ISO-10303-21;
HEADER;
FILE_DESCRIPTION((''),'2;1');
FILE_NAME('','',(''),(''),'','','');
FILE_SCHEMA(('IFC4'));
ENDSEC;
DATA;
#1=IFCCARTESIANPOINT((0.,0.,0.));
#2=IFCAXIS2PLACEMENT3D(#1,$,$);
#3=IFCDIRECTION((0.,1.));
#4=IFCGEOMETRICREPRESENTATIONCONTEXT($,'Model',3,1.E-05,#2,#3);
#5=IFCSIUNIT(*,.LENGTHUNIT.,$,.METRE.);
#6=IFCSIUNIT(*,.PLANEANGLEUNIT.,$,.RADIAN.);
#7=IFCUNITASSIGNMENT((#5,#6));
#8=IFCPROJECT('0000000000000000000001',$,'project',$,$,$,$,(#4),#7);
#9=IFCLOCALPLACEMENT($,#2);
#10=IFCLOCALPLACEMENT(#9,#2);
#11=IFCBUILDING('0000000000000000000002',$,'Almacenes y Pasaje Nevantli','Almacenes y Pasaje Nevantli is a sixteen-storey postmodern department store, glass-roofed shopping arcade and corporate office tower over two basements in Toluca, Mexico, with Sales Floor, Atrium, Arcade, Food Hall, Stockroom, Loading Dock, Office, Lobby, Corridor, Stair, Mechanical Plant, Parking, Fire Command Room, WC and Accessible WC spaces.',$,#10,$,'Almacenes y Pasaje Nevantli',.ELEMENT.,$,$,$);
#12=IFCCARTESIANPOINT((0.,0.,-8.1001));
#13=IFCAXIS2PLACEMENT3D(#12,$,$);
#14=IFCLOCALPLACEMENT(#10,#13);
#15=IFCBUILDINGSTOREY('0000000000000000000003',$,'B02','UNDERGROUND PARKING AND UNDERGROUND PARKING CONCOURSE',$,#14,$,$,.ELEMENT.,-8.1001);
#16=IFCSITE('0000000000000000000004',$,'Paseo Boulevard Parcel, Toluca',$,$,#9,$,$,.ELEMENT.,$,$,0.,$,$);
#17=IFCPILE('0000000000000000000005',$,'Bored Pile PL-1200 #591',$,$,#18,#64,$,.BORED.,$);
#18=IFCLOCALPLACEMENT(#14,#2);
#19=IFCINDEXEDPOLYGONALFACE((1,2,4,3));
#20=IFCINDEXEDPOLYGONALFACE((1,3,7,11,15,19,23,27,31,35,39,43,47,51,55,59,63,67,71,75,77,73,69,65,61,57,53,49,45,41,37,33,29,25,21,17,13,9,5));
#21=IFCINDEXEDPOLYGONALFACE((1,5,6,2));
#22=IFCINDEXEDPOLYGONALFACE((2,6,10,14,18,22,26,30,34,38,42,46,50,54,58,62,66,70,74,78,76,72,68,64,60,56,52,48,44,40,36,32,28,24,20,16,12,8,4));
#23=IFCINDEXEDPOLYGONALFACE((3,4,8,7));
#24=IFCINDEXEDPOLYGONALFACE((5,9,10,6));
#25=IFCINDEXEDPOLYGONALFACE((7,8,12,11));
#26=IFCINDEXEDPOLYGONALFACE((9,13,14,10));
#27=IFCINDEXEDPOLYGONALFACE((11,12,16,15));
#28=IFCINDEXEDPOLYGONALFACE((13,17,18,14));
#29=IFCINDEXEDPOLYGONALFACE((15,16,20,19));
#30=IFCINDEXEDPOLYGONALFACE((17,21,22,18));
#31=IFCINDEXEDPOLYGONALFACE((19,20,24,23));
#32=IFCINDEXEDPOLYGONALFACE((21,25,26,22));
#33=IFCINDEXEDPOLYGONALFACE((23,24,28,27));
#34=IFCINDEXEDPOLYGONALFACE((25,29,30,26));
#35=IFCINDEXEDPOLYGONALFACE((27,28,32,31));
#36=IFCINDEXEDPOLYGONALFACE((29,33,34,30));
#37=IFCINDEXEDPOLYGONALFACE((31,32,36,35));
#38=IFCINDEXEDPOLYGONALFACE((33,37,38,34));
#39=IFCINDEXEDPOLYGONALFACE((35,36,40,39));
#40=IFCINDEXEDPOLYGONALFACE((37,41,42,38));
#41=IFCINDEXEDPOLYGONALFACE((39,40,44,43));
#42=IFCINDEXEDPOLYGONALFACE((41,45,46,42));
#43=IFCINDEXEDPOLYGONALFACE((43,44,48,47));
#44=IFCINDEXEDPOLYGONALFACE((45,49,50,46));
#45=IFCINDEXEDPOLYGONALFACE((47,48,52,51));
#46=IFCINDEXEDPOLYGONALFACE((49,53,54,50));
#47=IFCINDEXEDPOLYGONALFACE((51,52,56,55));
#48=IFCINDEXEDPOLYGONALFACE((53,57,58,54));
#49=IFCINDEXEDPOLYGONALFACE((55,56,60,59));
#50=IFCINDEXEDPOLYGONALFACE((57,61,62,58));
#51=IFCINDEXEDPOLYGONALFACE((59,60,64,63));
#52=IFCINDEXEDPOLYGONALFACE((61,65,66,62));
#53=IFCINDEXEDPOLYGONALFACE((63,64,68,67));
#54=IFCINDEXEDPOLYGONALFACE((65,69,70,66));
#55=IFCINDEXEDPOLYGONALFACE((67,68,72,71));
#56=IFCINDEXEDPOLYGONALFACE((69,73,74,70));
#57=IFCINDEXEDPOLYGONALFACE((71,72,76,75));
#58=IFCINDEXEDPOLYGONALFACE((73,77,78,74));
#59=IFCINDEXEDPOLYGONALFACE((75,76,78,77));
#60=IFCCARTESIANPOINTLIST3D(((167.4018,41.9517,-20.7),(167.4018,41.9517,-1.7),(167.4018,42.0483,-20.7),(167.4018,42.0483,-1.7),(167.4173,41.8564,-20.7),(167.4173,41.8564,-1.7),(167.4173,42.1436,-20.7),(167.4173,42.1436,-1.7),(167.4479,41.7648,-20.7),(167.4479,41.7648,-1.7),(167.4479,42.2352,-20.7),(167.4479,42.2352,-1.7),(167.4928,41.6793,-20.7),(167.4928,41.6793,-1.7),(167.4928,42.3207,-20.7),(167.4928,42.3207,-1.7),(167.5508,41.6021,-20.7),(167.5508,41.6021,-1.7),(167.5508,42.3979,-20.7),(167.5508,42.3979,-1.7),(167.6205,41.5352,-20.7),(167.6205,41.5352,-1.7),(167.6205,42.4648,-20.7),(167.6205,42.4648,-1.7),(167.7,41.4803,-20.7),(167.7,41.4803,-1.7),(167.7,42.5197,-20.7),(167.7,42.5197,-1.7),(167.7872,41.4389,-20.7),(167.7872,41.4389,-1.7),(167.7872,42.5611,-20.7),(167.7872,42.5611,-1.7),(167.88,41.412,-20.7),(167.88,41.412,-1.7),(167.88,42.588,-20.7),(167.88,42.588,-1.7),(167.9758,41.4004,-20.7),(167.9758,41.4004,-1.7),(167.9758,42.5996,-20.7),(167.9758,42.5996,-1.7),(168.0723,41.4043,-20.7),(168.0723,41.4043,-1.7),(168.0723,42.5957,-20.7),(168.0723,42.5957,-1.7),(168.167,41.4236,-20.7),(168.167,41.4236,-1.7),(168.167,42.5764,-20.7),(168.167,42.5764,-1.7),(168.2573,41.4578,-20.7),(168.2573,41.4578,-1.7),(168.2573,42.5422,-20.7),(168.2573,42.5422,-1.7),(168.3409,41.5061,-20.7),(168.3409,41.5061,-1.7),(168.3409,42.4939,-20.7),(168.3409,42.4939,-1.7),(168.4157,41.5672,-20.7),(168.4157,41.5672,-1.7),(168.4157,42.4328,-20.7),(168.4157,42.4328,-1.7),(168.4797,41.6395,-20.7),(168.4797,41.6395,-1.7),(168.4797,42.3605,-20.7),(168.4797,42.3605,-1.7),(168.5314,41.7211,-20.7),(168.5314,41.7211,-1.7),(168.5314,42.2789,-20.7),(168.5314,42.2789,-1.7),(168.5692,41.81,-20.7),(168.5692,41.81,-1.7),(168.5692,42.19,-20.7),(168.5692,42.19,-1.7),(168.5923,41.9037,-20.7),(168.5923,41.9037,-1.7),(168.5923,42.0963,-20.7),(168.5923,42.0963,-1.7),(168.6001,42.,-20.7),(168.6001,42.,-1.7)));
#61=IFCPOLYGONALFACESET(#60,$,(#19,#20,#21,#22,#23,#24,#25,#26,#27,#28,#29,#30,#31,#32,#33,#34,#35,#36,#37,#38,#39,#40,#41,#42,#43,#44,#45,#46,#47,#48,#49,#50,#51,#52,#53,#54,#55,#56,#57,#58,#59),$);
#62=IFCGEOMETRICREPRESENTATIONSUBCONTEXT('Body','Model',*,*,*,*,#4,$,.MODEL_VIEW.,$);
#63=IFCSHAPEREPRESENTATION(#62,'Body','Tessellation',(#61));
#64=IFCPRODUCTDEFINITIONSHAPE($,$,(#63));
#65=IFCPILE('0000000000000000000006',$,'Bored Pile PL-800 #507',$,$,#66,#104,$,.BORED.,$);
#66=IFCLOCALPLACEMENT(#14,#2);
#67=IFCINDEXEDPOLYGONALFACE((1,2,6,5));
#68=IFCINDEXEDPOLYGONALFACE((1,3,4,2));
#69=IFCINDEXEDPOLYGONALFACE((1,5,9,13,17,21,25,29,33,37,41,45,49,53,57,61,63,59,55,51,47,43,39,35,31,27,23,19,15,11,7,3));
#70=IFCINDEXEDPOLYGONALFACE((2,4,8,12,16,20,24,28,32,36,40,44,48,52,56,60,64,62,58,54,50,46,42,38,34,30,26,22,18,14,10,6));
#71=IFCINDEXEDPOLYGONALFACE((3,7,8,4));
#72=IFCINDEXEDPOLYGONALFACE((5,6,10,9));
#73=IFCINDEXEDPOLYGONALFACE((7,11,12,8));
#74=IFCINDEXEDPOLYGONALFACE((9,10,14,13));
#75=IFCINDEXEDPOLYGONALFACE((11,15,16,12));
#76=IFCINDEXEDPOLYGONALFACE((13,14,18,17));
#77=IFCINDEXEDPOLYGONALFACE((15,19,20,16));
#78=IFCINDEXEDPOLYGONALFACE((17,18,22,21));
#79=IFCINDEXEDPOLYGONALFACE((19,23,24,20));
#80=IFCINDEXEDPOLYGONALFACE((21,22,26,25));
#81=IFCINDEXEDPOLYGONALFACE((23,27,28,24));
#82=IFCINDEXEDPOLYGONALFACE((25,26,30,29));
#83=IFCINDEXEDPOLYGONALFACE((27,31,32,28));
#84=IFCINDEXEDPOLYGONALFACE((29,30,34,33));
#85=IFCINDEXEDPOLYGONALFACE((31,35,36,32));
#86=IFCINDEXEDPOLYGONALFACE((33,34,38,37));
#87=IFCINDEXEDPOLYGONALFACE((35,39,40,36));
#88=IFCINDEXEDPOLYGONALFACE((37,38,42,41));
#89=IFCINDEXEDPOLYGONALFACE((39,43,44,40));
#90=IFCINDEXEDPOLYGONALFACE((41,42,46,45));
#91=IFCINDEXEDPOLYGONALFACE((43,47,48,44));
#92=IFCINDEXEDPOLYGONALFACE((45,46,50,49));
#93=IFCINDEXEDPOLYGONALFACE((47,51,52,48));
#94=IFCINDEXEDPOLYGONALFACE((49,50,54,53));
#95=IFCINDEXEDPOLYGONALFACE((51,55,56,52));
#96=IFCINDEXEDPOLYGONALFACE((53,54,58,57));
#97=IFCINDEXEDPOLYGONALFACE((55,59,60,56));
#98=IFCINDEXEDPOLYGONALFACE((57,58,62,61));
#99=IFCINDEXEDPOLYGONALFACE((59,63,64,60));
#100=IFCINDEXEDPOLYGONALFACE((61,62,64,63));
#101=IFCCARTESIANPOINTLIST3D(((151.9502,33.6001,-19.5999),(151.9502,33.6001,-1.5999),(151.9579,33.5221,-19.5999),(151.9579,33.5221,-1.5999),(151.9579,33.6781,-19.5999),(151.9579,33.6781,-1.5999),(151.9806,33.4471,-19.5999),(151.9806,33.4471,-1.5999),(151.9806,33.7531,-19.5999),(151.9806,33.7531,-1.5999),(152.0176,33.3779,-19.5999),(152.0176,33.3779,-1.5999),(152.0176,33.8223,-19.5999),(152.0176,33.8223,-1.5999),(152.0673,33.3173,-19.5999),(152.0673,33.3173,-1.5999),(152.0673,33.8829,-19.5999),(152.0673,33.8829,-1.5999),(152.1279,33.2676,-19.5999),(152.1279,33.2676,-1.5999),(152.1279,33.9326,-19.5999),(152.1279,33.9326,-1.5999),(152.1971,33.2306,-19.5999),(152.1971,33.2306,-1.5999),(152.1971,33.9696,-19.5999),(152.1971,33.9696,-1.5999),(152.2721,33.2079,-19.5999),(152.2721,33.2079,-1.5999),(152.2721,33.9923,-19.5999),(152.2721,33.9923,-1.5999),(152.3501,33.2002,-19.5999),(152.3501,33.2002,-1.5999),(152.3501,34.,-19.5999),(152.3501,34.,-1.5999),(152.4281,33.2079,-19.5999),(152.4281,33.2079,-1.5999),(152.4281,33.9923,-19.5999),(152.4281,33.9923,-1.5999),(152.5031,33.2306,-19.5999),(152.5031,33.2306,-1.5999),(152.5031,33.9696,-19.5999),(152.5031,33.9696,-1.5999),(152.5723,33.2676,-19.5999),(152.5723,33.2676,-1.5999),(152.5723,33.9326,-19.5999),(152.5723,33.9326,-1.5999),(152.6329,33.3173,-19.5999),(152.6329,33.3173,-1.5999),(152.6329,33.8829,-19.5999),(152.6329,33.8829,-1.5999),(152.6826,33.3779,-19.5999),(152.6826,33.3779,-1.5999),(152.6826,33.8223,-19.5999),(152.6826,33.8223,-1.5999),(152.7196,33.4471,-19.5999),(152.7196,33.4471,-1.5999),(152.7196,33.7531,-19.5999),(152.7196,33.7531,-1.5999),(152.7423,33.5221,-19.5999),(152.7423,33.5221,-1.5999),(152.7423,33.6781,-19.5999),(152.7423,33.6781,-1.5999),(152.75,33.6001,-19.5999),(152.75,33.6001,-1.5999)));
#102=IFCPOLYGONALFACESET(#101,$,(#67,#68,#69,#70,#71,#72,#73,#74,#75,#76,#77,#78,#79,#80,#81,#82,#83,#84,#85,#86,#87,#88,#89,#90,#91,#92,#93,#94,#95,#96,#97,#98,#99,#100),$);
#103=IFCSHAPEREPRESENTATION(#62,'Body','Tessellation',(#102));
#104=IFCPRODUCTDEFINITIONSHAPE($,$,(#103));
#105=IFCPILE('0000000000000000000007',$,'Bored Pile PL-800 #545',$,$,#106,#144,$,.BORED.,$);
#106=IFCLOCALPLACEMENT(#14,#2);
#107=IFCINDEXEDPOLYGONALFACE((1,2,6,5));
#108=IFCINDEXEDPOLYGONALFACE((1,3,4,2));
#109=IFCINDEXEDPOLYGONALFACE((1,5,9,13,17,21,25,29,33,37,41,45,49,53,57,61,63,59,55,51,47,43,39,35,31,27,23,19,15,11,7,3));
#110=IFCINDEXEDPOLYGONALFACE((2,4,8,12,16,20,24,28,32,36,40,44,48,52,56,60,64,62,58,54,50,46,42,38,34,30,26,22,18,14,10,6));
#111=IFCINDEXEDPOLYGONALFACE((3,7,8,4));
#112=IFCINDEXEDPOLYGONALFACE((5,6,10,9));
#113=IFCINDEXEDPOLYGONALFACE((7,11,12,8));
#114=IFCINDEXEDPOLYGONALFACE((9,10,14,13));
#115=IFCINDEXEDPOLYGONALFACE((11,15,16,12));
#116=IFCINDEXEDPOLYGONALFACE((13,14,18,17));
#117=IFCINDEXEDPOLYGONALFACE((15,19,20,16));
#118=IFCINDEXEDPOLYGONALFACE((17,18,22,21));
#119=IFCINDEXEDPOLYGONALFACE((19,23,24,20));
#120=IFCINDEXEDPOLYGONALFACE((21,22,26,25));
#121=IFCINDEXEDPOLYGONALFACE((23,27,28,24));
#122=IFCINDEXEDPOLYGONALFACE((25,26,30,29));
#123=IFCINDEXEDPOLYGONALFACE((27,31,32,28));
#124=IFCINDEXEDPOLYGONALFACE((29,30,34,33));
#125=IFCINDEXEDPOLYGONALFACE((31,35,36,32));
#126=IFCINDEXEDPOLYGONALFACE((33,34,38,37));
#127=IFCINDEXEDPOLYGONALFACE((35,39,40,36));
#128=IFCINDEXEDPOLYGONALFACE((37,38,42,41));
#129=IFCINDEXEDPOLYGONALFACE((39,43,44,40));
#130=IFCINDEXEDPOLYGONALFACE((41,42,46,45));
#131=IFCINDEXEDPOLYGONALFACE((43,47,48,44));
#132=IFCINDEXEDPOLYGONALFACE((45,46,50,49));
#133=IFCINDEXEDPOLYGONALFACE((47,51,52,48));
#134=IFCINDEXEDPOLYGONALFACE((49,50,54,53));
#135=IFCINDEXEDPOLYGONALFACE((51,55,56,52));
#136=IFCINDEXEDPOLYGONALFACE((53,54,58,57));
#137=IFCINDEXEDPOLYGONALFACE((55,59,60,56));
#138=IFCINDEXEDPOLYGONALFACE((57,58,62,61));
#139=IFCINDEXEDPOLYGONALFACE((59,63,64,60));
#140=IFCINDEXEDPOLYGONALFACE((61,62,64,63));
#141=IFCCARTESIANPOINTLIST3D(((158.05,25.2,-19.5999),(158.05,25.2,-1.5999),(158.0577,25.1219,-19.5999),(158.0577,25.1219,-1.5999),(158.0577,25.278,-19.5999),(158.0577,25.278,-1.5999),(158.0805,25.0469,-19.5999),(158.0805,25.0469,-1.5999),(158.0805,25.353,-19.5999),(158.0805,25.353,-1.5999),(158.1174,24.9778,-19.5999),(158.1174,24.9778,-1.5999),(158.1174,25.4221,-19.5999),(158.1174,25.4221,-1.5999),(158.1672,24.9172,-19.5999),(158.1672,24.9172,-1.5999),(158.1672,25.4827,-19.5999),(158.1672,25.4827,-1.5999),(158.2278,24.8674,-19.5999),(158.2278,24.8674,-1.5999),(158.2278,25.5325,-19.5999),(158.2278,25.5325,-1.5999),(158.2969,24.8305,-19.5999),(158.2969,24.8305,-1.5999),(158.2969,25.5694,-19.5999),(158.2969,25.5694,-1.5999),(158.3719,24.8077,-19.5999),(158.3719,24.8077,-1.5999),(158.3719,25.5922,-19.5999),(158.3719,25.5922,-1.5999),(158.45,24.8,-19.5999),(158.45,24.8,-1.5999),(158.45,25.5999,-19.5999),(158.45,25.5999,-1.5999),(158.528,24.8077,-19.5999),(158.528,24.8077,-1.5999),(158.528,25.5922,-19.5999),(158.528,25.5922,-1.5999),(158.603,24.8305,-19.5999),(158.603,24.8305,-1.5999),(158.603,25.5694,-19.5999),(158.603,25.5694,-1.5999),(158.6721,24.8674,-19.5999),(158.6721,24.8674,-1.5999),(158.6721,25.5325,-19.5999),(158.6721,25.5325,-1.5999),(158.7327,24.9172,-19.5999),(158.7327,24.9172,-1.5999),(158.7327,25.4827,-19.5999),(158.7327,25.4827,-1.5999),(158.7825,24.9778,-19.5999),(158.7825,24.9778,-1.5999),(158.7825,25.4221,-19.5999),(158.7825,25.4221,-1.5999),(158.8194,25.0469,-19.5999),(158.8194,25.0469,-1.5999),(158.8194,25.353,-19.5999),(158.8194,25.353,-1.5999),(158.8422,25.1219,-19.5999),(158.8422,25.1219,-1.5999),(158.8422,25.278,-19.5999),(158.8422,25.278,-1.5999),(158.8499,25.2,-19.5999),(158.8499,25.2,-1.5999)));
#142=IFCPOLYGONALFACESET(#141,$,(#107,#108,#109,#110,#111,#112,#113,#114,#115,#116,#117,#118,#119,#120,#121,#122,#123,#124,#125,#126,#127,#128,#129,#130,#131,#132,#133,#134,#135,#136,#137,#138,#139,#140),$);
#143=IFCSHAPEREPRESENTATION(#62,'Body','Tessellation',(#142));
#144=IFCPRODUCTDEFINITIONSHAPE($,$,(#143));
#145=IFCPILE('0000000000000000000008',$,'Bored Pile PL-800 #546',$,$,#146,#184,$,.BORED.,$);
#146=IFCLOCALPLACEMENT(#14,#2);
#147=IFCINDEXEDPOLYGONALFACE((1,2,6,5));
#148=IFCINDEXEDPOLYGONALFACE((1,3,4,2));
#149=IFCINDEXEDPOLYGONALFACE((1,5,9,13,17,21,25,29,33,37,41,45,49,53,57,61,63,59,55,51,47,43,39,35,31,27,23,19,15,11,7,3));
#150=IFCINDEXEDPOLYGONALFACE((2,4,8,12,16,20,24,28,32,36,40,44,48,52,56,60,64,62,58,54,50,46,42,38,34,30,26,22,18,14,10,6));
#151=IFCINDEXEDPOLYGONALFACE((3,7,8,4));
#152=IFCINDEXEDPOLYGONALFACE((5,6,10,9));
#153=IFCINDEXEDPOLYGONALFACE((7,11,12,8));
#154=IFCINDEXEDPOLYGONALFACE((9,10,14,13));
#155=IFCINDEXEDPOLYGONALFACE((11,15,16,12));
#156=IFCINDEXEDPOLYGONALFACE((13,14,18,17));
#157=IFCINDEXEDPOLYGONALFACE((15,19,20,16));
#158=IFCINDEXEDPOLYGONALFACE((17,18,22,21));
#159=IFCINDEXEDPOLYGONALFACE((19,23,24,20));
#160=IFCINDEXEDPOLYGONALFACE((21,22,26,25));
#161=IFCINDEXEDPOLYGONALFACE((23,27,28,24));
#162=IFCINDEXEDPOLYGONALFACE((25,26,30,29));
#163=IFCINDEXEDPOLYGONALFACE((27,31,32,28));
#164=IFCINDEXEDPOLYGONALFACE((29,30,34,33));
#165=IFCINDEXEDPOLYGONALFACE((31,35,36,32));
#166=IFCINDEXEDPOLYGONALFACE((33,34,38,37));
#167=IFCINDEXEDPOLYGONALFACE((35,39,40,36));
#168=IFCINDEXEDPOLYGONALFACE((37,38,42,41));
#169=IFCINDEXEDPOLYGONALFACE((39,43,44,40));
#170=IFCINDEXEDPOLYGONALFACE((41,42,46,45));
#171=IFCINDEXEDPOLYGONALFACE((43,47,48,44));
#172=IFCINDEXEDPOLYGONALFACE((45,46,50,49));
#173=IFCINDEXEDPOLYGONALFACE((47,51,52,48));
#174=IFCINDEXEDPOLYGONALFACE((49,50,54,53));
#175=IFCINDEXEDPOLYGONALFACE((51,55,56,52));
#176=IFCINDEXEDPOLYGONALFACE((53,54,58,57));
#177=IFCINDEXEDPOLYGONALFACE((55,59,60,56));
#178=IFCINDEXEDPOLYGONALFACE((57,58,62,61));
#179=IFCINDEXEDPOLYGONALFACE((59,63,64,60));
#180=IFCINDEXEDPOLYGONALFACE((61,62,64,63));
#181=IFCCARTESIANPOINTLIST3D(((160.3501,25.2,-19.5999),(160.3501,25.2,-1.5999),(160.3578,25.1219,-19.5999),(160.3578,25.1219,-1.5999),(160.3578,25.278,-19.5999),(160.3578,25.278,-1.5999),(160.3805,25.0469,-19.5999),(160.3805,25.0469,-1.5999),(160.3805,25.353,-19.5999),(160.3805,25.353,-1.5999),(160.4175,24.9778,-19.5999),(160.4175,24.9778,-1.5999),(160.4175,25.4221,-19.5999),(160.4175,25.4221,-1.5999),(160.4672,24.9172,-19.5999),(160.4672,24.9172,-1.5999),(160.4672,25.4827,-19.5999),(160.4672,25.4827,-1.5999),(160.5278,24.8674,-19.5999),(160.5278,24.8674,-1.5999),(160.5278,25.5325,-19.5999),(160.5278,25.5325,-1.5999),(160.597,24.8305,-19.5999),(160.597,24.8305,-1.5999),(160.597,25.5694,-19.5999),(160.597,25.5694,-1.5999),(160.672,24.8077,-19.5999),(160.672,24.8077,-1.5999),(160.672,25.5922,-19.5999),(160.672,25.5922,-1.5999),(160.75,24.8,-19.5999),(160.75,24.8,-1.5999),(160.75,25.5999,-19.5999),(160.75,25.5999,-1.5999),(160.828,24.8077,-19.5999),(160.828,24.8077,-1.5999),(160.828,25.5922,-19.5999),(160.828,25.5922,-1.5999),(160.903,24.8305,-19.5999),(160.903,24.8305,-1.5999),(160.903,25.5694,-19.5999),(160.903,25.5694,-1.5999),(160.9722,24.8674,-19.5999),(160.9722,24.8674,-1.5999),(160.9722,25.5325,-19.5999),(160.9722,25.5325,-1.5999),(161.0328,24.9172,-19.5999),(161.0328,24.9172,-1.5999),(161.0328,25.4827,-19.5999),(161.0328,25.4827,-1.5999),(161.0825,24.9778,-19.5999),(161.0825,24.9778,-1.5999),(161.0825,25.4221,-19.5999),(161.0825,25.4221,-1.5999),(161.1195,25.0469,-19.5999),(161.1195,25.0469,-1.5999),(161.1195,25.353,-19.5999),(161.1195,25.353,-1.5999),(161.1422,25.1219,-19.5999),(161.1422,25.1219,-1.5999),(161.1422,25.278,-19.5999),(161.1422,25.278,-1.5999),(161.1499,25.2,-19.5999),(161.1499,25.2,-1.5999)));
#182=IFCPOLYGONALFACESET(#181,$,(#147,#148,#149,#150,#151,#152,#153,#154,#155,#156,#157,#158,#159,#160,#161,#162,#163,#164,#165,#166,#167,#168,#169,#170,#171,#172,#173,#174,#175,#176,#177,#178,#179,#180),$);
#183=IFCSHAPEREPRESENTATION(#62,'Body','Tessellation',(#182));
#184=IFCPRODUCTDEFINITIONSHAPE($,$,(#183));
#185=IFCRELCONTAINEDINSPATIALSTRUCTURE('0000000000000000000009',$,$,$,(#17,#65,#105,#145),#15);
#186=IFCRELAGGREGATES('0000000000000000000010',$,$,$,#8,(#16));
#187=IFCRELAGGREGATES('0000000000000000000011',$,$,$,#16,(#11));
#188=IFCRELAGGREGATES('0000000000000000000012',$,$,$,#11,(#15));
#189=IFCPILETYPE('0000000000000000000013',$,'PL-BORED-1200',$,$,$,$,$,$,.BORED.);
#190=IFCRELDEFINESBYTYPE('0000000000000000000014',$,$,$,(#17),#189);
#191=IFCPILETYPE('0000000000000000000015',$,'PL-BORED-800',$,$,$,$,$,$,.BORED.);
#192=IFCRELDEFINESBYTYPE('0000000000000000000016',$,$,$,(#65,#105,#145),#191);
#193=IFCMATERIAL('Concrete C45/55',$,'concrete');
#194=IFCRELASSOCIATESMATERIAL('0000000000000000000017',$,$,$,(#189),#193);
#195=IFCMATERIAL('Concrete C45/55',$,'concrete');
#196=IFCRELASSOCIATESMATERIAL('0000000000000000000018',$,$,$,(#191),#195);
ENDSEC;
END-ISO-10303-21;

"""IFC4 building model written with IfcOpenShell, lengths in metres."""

from ifc_helpers import new_model, si_unit, direction, frame, origin, origin_2d, place, context, subcontext, project, spatial, circle, extrude, material, material_profile, profile_set, type_object, element, save


model = new_model("IFC4")

# Units and contexts
model_context = context("Model", 3, precision=1e-05, world=origin(), true_north=direction((0.0, 1.0)))
body_context = subcontext(model_context, "Body", "Model", "MODEL_VIEW")
ifc_project = project(units=[si_unit("LENGTHUNIT", "METRE"), si_unit("PLANEANGLEUNIT", "RADIAN")], contexts=[model_context])

# Site, building, storey
site_placement = place(None, origin())
site = spatial("IfcSite", under=ifc_project, at=site_placement, Name="Paseo Boulevard Parcel, Toluca", CompositionType="ELEMENT", RefElevation=0.0)
building_placement = place(site_placement, origin())
building = spatial("IfcBuilding", under=site, at=building_placement, Name="Almacenes y Pasaje Nevantli", Description="Almacenes y Pasaje Nevantli is a sixteen-storey postmodern department store, glass-roofed shopping arcade and corporate office tower over two basements in Toluca, Mexico, with Sales Floor, Atrium, Arcade, Food Hall, Stockroom, Loading Dock, Office, Lobby, Corridor, Stair, Mechanical Plant, Parking, Fire Command Room, WC and Accessible WC spaces.", LongName="Almacenes y Pasaje Nevantli", CompositionType="ELEMENT")
storey_placement = place(building_placement, frame((0.0, 0.0, -8.1001)))
storey = spatial("IfcBuildingStorey", under=building, at=storey_placement, Name="B02", Description="UNDERGROUND PARKING AND UNDERGROUND PARKING CONCOURSE", CompositionType="ELEMENT", Elevation=-8.1001)

# Piles
ifc_material_1 = material(Name="Concrete C45/55", Category="concrete")
ifc_material_profile_1 = material_profile(ifc_material_1, circle(Radius=0.6001, at=origin_2d()), Name="RC-PILE-D1200")
ifc_profile_set_1 = profile_set([ifc_material_profile_1], Name="Concrete C45/55")
pile_type_1 = type_object("IfcPileType", Name="PL-BORED-1200", PredefinedType="BORED", material=ifc_profile_set_1)
for number, where, z_axis, x_axis, name in (
    (1, (168.0, 42.0, -1.7), (0.0, 0.0, -1.0), (1.0, 0.0, 0.0), "Bored Pile PL-1200 #591"),
):
    element("IfcPile", number, at=place(storey_placement, frame(where, z_axis=z_axis, x_axis=x_axis)), inside=storey, type_object=pile_type_1, Name=name, PredefinedType="BORED", context=body_context, shape_type="SweptSolid", body=[
        extrude(circle(Radius=0.6001, at=origin_2d()), origin(), (0.0, 0.0, 1.0), 19.0),
    ])
ifc_material_2 = material(Name="Concrete C45/55", Category="concrete")
ifc_material_profile_2 = material_profile(ifc_material_2, circle(Radius=0.3999, at=origin_2d()), Name="RC-PILE-D800")
ifc_profile_set_2 = profile_set([ifc_material_profile_2], Name="Concrete C45/55")
pile_type_2 = type_object("IfcPileType", Name="PL-BORED-800", PredefinedType="BORED", material=ifc_profile_set_2)
for number, where, z_axis, x_axis, name in (
    (2, (152.3501, 33.6001, -1.5999), (0.0, 0.0, -1.0), (1.0, 0.0, 0.0), "Bored Pile PL-800 #507"),
    (3, (158.45, 25.2, -1.5999), (0.0, 0.0, -1.0), (1.0, 0.0, 0.0), "Bored Pile PL-800 #545"),
    (4, (160.75, 25.2, -1.5999), (0.0, 0.0, -1.0), (1.0, 0.0, 0.0), "Bored Pile PL-800 #546"),
):
    element("IfcPile", number, at=place(storey_placement, frame(where, z_axis=z_axis, x_axis=x_axis)), inside=storey, type_object=pile_type_2, Name=name, PredefinedType="BORED", context=body_context, shape_type="SweptSolid", body=[
        extrude(circle(Radius=0.3999, at=origin_2d()), origin(), (0.0, 0.0, 1.0), 18.0),
    ])

save(model, "model.ifc")
